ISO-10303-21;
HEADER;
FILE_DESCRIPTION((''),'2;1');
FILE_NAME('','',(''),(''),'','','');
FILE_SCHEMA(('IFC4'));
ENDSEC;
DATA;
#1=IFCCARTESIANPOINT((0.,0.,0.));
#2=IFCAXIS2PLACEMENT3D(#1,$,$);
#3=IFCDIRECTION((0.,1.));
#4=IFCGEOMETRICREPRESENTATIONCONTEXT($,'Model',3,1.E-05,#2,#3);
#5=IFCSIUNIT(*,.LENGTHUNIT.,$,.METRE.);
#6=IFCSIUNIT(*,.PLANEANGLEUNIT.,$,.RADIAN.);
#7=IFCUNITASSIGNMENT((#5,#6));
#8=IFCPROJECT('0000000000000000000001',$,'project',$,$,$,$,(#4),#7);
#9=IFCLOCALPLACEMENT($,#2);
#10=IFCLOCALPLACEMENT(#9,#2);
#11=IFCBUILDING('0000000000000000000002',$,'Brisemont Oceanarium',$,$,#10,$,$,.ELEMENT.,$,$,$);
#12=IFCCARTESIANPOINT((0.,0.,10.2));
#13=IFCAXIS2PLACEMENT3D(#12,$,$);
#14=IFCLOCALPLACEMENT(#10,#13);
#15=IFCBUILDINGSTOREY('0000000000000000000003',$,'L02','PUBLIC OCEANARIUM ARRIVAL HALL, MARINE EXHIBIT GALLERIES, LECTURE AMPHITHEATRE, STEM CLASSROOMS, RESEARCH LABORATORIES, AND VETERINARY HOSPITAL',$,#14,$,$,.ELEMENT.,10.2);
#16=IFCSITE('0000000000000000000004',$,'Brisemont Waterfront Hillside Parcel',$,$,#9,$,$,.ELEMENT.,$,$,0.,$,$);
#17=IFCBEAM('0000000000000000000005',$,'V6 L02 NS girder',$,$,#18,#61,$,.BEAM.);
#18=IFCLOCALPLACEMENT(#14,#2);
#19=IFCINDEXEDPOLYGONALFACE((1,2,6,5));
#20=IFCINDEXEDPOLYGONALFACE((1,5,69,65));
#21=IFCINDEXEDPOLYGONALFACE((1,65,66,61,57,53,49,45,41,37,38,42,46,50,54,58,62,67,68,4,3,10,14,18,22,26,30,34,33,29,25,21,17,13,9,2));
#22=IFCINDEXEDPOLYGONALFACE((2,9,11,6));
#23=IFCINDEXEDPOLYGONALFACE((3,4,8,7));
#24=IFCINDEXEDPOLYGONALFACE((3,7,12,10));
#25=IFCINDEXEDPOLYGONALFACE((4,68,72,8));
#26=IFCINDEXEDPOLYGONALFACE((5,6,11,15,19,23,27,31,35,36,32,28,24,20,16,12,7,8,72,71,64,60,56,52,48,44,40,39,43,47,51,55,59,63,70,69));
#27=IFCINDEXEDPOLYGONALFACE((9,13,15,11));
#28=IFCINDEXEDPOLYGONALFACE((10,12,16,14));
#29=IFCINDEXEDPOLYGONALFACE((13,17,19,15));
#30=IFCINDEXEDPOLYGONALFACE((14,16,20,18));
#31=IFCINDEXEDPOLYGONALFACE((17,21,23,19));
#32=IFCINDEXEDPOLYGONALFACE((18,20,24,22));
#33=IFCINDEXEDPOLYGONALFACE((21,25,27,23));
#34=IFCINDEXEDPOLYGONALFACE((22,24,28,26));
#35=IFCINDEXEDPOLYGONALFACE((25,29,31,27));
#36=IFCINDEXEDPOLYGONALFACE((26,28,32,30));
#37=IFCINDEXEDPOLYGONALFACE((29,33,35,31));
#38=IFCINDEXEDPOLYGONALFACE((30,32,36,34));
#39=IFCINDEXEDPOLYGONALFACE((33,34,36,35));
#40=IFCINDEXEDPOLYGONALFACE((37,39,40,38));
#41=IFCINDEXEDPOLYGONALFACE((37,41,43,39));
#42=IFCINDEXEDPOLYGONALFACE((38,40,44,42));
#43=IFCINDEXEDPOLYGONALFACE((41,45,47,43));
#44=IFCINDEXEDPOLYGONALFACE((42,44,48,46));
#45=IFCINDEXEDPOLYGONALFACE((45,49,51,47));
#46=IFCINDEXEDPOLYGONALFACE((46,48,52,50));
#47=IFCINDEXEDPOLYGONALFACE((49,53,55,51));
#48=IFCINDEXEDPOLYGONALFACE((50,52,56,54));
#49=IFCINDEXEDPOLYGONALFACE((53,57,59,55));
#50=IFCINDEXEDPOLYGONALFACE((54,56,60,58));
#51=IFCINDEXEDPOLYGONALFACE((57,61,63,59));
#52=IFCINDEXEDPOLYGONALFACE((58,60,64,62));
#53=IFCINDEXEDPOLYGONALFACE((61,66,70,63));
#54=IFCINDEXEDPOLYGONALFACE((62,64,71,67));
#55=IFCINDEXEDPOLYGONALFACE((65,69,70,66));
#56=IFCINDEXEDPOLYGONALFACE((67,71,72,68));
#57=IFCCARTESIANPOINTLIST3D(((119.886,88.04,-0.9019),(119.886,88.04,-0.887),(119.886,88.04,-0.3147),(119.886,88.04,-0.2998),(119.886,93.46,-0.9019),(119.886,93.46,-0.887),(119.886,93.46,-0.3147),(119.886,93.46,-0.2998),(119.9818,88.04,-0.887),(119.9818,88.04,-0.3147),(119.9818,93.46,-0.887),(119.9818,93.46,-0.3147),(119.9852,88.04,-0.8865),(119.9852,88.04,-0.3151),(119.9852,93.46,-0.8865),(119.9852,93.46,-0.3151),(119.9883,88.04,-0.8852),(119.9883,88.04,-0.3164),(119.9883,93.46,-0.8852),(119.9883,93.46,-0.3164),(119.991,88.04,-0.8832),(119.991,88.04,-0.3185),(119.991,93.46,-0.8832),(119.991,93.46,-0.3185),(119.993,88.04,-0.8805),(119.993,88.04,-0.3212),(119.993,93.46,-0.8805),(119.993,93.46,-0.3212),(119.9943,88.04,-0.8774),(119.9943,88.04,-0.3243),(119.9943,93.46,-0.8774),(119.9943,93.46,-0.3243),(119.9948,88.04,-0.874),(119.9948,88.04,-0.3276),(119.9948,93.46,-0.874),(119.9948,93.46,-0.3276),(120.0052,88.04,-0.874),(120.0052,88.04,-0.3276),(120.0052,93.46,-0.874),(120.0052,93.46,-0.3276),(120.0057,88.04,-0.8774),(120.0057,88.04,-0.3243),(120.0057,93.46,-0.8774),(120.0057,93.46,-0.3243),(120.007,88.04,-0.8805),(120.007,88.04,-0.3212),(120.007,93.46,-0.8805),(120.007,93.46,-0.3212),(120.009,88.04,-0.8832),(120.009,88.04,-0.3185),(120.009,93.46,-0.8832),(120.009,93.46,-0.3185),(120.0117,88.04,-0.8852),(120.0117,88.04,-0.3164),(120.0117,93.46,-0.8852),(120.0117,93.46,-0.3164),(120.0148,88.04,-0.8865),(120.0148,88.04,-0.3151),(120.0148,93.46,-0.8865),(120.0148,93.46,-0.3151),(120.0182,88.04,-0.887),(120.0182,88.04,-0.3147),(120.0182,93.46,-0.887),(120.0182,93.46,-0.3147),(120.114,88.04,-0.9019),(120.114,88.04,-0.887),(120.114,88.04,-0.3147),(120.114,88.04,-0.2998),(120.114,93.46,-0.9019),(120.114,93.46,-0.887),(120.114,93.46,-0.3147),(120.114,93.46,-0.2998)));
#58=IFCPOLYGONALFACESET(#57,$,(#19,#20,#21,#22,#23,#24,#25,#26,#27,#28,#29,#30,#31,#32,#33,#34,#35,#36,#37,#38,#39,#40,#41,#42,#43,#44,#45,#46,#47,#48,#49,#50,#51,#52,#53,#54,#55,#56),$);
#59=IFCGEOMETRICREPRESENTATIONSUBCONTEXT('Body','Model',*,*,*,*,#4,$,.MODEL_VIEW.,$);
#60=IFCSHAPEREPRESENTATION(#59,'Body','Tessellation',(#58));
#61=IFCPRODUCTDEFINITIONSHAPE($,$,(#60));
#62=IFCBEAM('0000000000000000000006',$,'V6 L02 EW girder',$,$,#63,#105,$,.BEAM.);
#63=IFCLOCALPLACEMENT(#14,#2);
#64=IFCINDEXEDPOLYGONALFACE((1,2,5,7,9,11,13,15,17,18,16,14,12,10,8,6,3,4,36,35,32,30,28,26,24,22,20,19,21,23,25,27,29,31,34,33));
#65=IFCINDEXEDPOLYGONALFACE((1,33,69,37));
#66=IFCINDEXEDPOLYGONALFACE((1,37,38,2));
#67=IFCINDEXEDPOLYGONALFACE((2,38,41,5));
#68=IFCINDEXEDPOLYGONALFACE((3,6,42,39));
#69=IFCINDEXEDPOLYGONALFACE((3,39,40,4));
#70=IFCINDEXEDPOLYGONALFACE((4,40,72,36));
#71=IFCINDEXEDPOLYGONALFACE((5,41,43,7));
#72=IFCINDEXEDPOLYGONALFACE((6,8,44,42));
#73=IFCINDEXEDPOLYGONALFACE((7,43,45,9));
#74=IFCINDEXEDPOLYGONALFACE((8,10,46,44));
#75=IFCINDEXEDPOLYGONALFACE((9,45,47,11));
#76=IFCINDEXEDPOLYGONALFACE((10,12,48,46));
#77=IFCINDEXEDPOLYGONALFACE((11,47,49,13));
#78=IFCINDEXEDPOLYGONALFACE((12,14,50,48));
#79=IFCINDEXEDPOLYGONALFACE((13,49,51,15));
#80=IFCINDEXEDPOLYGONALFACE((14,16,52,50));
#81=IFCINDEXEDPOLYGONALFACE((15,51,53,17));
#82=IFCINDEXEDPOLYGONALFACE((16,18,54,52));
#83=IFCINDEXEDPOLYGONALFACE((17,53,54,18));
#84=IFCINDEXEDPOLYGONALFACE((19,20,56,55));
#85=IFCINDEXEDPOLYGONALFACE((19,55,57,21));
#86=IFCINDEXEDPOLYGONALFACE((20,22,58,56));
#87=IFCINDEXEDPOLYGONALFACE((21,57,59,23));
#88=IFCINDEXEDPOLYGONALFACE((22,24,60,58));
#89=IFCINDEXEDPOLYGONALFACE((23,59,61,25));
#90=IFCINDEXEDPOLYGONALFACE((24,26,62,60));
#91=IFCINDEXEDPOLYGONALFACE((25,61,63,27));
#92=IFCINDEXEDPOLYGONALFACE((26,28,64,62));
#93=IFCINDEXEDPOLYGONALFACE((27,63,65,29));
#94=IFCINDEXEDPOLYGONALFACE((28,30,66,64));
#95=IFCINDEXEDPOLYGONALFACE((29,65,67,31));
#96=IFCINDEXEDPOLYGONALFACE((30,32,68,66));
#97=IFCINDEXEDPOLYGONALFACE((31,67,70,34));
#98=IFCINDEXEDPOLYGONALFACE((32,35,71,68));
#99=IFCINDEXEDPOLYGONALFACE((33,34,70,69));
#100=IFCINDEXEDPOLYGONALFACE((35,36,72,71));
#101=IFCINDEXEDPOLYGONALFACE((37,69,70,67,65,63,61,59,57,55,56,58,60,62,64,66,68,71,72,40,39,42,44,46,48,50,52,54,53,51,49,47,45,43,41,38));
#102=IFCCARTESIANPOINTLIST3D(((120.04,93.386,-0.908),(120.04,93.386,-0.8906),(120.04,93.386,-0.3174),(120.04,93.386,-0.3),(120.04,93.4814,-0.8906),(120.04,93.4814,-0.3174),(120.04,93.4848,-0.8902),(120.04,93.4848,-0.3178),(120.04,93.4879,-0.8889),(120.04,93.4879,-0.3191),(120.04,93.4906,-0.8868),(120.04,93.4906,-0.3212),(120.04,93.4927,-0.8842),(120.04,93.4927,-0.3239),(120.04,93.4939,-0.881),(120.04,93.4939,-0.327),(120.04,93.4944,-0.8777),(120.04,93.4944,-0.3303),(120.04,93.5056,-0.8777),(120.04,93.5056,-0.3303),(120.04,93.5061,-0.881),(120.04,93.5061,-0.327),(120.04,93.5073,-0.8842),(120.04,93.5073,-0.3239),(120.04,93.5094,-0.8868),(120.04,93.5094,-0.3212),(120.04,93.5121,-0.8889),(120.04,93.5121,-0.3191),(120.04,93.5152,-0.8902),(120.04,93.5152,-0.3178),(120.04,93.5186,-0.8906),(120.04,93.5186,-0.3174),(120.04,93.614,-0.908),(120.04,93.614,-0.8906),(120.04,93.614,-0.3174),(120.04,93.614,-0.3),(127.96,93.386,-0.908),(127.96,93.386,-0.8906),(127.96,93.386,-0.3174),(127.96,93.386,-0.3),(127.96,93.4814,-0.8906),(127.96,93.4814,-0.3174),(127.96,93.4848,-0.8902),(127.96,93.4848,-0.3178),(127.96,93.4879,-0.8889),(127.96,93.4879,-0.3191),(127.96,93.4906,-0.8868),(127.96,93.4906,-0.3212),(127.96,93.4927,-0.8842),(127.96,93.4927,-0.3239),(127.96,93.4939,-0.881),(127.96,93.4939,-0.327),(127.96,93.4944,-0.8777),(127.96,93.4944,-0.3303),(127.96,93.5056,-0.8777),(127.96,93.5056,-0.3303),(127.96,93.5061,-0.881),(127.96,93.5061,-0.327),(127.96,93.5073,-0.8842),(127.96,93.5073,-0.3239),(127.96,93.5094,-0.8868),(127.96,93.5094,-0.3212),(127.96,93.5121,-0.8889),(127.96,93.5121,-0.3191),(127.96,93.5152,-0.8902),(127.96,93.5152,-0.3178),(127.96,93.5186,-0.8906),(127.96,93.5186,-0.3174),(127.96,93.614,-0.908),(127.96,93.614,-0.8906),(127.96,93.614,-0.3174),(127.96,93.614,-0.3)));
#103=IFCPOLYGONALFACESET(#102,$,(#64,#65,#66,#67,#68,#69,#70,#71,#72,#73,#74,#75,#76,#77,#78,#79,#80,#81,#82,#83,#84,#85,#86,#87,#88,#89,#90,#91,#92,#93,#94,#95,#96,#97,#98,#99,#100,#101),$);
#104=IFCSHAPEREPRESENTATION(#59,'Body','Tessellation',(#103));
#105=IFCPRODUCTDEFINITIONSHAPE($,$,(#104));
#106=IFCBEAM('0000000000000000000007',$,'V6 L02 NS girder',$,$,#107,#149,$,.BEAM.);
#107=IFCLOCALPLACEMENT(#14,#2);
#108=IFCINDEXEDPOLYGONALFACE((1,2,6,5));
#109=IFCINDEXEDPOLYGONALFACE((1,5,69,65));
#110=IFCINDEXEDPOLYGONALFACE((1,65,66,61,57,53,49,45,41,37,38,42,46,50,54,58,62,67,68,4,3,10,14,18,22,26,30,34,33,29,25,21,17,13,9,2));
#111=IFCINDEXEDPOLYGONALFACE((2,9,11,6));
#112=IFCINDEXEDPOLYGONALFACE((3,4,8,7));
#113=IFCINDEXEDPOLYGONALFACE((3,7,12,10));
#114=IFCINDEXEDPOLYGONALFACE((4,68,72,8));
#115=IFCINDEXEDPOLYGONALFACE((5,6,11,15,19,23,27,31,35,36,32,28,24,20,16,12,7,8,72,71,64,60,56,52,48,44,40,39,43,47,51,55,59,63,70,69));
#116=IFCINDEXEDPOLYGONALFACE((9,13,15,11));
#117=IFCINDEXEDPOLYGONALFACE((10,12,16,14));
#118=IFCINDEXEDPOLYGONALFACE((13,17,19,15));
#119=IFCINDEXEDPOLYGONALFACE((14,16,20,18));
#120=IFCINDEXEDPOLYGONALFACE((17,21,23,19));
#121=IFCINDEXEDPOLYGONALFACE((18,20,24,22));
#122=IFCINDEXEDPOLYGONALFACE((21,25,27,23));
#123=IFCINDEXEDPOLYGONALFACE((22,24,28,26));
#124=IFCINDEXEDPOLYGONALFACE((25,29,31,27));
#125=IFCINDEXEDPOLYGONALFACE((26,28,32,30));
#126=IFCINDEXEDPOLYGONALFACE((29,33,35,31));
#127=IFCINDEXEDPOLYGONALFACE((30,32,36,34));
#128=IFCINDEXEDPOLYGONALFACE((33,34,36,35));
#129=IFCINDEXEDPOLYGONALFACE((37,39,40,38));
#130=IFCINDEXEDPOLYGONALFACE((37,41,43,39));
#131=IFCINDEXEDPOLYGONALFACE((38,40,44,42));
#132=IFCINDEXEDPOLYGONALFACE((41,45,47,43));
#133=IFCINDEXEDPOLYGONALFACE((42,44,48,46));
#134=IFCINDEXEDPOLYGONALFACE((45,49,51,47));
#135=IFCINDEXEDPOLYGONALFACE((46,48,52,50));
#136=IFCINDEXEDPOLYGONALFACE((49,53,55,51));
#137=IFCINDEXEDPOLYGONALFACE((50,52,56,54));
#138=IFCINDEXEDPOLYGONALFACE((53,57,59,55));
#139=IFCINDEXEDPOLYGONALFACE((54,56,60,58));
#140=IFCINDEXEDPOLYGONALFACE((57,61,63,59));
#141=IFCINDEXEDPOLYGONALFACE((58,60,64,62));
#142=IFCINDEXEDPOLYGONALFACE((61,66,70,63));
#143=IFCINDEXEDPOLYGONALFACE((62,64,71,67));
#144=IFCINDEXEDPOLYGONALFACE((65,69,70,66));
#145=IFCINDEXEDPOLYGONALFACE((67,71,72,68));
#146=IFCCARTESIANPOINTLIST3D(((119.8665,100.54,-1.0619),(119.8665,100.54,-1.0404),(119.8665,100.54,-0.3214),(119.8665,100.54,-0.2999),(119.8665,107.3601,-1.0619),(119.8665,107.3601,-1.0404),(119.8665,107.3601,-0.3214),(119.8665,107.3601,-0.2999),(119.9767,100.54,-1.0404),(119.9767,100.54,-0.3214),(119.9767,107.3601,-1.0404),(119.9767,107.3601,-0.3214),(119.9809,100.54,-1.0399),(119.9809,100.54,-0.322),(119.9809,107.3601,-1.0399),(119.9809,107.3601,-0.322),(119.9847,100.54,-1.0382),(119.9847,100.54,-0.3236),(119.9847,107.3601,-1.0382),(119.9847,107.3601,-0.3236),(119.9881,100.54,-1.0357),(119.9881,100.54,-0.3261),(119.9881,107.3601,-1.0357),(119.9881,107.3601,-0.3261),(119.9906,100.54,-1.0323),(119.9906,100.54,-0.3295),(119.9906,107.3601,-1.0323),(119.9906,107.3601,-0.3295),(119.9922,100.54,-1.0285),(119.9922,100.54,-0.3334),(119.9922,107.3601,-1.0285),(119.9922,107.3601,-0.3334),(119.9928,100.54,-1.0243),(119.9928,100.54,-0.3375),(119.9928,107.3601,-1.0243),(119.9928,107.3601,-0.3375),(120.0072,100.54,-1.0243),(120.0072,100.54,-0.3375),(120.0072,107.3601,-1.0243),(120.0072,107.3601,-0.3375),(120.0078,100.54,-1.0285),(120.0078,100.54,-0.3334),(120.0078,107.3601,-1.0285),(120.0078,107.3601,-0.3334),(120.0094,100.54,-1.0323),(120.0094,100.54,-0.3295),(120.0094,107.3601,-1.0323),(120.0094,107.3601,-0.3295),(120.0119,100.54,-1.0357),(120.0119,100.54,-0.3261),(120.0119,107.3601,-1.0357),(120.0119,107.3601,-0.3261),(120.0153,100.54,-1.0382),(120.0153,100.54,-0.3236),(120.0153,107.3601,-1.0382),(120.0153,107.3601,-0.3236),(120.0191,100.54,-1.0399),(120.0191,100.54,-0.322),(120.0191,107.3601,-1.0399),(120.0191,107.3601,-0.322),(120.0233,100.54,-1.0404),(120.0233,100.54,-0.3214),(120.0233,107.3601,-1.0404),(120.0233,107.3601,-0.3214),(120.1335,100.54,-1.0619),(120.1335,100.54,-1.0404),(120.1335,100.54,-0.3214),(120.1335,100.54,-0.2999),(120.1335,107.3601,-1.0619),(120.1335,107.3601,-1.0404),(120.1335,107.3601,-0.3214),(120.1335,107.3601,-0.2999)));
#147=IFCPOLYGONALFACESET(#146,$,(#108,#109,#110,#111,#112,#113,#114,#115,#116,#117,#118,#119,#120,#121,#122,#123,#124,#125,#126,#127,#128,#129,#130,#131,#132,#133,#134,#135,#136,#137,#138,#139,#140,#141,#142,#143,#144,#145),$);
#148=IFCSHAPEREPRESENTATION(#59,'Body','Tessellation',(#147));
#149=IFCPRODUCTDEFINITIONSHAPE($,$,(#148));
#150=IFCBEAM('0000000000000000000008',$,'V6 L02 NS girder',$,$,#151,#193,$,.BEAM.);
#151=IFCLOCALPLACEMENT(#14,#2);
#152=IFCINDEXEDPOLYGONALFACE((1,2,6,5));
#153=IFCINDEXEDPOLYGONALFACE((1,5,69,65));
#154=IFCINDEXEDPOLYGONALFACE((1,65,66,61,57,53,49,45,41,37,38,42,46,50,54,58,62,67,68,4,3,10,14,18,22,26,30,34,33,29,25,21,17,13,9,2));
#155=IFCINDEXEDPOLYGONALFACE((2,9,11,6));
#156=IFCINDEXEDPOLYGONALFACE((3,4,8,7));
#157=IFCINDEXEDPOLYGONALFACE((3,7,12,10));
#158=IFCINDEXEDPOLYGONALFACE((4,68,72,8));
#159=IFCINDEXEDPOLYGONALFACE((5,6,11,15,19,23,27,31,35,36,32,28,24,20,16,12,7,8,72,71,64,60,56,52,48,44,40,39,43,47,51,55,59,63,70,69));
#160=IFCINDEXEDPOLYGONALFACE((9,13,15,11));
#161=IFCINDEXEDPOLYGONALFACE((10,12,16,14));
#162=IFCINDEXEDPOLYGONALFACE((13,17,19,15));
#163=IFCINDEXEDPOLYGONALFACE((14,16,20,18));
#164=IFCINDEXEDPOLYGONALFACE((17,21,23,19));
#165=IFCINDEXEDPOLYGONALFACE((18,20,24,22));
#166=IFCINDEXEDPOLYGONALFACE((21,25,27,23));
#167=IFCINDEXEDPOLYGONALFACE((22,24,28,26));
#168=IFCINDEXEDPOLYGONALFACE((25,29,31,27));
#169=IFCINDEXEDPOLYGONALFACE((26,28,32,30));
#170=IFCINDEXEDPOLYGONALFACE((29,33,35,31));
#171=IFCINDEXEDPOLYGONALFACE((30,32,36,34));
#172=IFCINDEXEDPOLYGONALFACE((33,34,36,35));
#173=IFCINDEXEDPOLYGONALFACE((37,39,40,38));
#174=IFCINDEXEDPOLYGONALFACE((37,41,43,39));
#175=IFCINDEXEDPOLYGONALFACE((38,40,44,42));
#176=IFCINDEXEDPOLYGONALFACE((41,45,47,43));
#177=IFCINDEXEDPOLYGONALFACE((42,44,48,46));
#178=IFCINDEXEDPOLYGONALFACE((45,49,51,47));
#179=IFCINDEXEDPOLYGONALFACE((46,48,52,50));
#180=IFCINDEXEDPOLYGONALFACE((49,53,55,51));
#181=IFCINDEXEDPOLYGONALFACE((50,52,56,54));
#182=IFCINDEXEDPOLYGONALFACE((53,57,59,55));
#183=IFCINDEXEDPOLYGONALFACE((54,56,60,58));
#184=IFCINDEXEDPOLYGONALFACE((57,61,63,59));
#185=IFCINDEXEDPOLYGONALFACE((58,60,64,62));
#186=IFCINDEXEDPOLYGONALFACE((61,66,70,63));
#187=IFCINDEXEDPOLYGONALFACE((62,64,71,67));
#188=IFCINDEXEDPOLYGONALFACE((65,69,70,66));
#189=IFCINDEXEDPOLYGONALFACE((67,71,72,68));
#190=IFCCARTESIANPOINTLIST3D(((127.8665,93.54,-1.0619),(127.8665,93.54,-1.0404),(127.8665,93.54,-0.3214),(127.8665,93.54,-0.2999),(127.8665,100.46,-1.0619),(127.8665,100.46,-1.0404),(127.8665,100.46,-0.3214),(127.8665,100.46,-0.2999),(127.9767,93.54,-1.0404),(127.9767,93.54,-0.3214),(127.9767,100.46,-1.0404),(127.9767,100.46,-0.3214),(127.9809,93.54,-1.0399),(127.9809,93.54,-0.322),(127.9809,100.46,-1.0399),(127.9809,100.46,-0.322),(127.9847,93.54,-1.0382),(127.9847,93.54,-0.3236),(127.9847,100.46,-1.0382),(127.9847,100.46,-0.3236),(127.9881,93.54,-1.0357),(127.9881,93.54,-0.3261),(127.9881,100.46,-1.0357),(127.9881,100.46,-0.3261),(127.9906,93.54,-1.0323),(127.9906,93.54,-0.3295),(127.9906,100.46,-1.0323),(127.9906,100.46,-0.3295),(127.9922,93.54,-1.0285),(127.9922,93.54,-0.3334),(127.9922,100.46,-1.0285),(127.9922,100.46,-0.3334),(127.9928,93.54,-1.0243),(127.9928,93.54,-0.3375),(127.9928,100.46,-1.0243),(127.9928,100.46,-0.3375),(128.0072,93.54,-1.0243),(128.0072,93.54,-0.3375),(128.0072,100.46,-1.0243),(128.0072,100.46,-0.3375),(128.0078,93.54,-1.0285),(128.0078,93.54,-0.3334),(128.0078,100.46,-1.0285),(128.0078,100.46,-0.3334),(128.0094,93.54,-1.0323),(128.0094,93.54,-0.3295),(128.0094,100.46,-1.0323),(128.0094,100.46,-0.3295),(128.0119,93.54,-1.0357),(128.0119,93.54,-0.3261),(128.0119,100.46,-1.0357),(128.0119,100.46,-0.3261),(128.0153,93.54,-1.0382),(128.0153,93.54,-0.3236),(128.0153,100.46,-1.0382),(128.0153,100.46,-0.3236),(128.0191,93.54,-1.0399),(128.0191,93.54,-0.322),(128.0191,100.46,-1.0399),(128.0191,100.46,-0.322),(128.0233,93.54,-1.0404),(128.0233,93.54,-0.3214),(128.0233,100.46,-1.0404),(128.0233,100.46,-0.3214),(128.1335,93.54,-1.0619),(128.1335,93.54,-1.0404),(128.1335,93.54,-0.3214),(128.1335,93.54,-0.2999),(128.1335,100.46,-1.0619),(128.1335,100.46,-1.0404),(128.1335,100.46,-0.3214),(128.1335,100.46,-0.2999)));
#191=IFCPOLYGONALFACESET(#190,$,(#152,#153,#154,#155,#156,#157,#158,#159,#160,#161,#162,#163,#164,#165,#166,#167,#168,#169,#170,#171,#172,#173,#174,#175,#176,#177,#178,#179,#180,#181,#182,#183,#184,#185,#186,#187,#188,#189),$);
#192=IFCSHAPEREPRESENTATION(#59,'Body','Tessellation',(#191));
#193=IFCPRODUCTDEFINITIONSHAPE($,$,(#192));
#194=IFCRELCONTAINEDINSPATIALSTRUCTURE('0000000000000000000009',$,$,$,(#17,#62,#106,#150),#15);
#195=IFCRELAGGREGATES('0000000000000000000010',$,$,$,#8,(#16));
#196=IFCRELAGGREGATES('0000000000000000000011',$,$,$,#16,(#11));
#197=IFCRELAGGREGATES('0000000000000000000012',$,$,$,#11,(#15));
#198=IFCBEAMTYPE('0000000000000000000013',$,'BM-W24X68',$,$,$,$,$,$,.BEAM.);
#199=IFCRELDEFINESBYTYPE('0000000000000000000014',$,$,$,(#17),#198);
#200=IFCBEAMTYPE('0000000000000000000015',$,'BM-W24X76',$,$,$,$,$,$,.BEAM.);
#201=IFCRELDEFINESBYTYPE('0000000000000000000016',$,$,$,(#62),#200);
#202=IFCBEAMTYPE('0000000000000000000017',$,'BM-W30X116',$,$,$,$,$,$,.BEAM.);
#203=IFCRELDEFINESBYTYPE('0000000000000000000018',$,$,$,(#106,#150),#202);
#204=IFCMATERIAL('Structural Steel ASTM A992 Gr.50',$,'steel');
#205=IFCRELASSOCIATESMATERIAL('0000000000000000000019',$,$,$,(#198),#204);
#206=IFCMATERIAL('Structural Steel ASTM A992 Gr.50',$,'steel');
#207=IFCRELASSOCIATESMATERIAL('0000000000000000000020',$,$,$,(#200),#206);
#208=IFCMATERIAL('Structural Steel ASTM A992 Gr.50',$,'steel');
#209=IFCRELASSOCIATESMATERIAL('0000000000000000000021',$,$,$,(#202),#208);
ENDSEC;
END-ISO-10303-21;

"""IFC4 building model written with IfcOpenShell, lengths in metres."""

from ifc_helpers import new_model, si_unit, direction, frame, origin, origin_2d, place, context, subcontext, project, spatial, i_section, extrude, material, material_profile, profile_set, type_object, element, save


model = new_model("IFC4")

# Units and contexts
model_context = context("Model", 3, precision=1e-05, world=origin(), true_north=direction((0.0, 1.0)))
body_context = subcontext(model_context, "Body", "Model", "MODEL_VIEW")
ifc_project = project(units=[si_unit("LENGTHUNIT", "METRE"), si_unit("PLANEANGLEUNIT", "RADIAN")], contexts=[model_context])

# Site, building, storey
site_placement = place(None, origin())
site = spatial("IfcSite", under=ifc_project, at=site_placement, Name="Brisemont Waterfront Hillside Parcel", CompositionType="ELEMENT", RefElevation=0.0)
building_placement = place(site_placement, origin())
building = spatial("IfcBuilding", under=site, at=building_placement, Name="Brisemont Oceanarium", CompositionType="ELEMENT")
storey_placement = place(building_placement, frame((0.0, 0.0, 10.2)))
storey = spatial("IfcBuildingStorey", under=building, at=storey_placement, Name="L02", Description="PUBLIC OCEANARIUM ARRIVAL HALL, MARINE EXHIBIT GALLERIES, LECTURE AMPHITHEATRE, STEM CLASSROOMS, RESEARCH LABORATORIES, AND VETERINARY HOSPITAL", CompositionType="ELEMENT", Elevation=10.2)

# Beams
ifc_material_1 = material(Name="Structural Steel ASTM A992 Gr.50", Category="steel")
ifc_material_profile_1 = material_profile(ifc_material_1, i_section(OverallWidth=0.228, OverallDepth=0.6021, WebThickness=0.0105, FlangeThickness=0.0149, FilletRadius=0.0129, at=origin_2d()), Name="W24X68")
ifc_profile_set_1 = profile_set([ifc_material_profile_1], Name="Structural Steel ASTM A992 Gr.50")
beam_type_1 = type_object("IfcBeamType", Name="BM-W24X68", PredefinedType="BEAM", material=ifc_profile_set_1)
beam_1_placement = place(storey_placement, frame((120.0, 88.04, -0.6008), z_axis=(0.0, 1.0, 0.0), x_axis=(-1.0, 0.0, 0.0)))
element("IfcBeam", 1, at=beam_1_placement, inside=storey, type_object=beam_type_1, Name="V6 L02 NS girder", PredefinedType="BEAM", context=body_context, shape_type="SweptSolid", body=[
    extrude(i_section(OverallWidth=0.228, OverallDepth=0.6021, WebThickness=0.0105, FlangeThickness=0.0149, FilletRadius=0.0129, at=origin_2d()), origin(), (0.0, 0.0, 1.0), 5.4199),
])
ifc_material_2 = material(Name="Structural Steel ASTM A992 Gr.50", Category="steel")
ifc_material_profile_2 = material_profile(ifc_material_2, i_section(OverallWidth=0.228, OverallDepth=0.6079, WebThickness=0.0112, FlangeThickness=0.0173, FilletRadius=0.0129, at=origin_2d()), Name="W24X76")
ifc_profile_set_2 = profile_set([ifc_material_profile_2], Name="Structural Steel ASTM A992 Gr.50")
beam_type_2 = type_object("IfcBeamType", Name="BM-W24X76", PredefinedType="BEAM", material=ifc_profile_set_2)
beam_2_placement = place(storey_placement, frame((120.04, 93.5, -0.604), z_axis=(1.0, 0.0, 0.0), x_axis=(0.0, 1.0, 0.0)))
element("IfcBeam", 2, at=beam_2_placement, inside=storey, type_object=beam_type_2, Name="V6 L02 EW girder", PredefinedType="BEAM", context=body_context, shape_type="SweptSolid", body=[
    extrude(i_section(OverallWidth=0.228, OverallDepth=0.6079, WebThickness=0.0112, FlangeThickness=0.0173, FilletRadius=0.0129, at=origin_2d()), origin(), (0.0, 0.0, 1.0), 7.9199),
])
ifc_material_3 = material(Name="Structural Steel ASTM A992 Gr.50", Category="steel")
ifc_material_profile_3 = material_profile(ifc_material_3, i_section(OverallWidth=0.2671, OverallDepth=0.762, WebThickness=0.0144, FlangeThickness=0.0215, FilletRadius=0.0161, at=origin_2d()), Name="W30X116")
ifc_profile_set_3 = profile_set([ifc_material_profile_3], Name="Structural Steel ASTM A992 Gr.50")
beam_type_3 = type_object("IfcBeamType", Name="BM-W30X116", PredefinedType="BEAM", material=ifc_profile_set_3)
beam_3_placement = place(storey_placement, frame((120.0, 100.54, -0.6809), z_axis=(0.0, 1.0, 0.0), x_axis=(-1.0, 0.0, 0.0)))
element("IfcBeam", 3, at=beam_3_placement, inside=storey, type_object=beam_type_3, Name="V6 L02 NS girder", PredefinedType="BEAM", context=body_context, shape_type="SweptSolid", body=[
    extrude(i_section(OverallWidth=0.2671, OverallDepth=0.762, WebThickness=0.0144, FlangeThickness=0.0215, FilletRadius=0.0161, at=origin_2d()), origin(), (0.0, 0.0, 1.0), 6.8201),
])
beam_4_placement = place(storey_placement, frame((128.0, 93.54, -0.6809), z_axis=(0.0, 1.0, 0.0), x_axis=(-1.0, 0.0, 0.0)))
element("IfcBeam", 4, at=beam_4_placement, inside=storey, type_object=beam_type_3, Name="V6 L02 NS girder", PredefinedType="BEAM", context=body_context, shape_type="SweptSolid", body=[
    extrude(i_section(OverallWidth=0.2671, OverallDepth=0.762, WebThickness=0.0144, FlangeThickness=0.0215, FilletRadius=0.0161, at=origin_2d()), origin(), (0.0, 0.0, 1.0), 6.9199),
])

save(model, "model.ifc")
